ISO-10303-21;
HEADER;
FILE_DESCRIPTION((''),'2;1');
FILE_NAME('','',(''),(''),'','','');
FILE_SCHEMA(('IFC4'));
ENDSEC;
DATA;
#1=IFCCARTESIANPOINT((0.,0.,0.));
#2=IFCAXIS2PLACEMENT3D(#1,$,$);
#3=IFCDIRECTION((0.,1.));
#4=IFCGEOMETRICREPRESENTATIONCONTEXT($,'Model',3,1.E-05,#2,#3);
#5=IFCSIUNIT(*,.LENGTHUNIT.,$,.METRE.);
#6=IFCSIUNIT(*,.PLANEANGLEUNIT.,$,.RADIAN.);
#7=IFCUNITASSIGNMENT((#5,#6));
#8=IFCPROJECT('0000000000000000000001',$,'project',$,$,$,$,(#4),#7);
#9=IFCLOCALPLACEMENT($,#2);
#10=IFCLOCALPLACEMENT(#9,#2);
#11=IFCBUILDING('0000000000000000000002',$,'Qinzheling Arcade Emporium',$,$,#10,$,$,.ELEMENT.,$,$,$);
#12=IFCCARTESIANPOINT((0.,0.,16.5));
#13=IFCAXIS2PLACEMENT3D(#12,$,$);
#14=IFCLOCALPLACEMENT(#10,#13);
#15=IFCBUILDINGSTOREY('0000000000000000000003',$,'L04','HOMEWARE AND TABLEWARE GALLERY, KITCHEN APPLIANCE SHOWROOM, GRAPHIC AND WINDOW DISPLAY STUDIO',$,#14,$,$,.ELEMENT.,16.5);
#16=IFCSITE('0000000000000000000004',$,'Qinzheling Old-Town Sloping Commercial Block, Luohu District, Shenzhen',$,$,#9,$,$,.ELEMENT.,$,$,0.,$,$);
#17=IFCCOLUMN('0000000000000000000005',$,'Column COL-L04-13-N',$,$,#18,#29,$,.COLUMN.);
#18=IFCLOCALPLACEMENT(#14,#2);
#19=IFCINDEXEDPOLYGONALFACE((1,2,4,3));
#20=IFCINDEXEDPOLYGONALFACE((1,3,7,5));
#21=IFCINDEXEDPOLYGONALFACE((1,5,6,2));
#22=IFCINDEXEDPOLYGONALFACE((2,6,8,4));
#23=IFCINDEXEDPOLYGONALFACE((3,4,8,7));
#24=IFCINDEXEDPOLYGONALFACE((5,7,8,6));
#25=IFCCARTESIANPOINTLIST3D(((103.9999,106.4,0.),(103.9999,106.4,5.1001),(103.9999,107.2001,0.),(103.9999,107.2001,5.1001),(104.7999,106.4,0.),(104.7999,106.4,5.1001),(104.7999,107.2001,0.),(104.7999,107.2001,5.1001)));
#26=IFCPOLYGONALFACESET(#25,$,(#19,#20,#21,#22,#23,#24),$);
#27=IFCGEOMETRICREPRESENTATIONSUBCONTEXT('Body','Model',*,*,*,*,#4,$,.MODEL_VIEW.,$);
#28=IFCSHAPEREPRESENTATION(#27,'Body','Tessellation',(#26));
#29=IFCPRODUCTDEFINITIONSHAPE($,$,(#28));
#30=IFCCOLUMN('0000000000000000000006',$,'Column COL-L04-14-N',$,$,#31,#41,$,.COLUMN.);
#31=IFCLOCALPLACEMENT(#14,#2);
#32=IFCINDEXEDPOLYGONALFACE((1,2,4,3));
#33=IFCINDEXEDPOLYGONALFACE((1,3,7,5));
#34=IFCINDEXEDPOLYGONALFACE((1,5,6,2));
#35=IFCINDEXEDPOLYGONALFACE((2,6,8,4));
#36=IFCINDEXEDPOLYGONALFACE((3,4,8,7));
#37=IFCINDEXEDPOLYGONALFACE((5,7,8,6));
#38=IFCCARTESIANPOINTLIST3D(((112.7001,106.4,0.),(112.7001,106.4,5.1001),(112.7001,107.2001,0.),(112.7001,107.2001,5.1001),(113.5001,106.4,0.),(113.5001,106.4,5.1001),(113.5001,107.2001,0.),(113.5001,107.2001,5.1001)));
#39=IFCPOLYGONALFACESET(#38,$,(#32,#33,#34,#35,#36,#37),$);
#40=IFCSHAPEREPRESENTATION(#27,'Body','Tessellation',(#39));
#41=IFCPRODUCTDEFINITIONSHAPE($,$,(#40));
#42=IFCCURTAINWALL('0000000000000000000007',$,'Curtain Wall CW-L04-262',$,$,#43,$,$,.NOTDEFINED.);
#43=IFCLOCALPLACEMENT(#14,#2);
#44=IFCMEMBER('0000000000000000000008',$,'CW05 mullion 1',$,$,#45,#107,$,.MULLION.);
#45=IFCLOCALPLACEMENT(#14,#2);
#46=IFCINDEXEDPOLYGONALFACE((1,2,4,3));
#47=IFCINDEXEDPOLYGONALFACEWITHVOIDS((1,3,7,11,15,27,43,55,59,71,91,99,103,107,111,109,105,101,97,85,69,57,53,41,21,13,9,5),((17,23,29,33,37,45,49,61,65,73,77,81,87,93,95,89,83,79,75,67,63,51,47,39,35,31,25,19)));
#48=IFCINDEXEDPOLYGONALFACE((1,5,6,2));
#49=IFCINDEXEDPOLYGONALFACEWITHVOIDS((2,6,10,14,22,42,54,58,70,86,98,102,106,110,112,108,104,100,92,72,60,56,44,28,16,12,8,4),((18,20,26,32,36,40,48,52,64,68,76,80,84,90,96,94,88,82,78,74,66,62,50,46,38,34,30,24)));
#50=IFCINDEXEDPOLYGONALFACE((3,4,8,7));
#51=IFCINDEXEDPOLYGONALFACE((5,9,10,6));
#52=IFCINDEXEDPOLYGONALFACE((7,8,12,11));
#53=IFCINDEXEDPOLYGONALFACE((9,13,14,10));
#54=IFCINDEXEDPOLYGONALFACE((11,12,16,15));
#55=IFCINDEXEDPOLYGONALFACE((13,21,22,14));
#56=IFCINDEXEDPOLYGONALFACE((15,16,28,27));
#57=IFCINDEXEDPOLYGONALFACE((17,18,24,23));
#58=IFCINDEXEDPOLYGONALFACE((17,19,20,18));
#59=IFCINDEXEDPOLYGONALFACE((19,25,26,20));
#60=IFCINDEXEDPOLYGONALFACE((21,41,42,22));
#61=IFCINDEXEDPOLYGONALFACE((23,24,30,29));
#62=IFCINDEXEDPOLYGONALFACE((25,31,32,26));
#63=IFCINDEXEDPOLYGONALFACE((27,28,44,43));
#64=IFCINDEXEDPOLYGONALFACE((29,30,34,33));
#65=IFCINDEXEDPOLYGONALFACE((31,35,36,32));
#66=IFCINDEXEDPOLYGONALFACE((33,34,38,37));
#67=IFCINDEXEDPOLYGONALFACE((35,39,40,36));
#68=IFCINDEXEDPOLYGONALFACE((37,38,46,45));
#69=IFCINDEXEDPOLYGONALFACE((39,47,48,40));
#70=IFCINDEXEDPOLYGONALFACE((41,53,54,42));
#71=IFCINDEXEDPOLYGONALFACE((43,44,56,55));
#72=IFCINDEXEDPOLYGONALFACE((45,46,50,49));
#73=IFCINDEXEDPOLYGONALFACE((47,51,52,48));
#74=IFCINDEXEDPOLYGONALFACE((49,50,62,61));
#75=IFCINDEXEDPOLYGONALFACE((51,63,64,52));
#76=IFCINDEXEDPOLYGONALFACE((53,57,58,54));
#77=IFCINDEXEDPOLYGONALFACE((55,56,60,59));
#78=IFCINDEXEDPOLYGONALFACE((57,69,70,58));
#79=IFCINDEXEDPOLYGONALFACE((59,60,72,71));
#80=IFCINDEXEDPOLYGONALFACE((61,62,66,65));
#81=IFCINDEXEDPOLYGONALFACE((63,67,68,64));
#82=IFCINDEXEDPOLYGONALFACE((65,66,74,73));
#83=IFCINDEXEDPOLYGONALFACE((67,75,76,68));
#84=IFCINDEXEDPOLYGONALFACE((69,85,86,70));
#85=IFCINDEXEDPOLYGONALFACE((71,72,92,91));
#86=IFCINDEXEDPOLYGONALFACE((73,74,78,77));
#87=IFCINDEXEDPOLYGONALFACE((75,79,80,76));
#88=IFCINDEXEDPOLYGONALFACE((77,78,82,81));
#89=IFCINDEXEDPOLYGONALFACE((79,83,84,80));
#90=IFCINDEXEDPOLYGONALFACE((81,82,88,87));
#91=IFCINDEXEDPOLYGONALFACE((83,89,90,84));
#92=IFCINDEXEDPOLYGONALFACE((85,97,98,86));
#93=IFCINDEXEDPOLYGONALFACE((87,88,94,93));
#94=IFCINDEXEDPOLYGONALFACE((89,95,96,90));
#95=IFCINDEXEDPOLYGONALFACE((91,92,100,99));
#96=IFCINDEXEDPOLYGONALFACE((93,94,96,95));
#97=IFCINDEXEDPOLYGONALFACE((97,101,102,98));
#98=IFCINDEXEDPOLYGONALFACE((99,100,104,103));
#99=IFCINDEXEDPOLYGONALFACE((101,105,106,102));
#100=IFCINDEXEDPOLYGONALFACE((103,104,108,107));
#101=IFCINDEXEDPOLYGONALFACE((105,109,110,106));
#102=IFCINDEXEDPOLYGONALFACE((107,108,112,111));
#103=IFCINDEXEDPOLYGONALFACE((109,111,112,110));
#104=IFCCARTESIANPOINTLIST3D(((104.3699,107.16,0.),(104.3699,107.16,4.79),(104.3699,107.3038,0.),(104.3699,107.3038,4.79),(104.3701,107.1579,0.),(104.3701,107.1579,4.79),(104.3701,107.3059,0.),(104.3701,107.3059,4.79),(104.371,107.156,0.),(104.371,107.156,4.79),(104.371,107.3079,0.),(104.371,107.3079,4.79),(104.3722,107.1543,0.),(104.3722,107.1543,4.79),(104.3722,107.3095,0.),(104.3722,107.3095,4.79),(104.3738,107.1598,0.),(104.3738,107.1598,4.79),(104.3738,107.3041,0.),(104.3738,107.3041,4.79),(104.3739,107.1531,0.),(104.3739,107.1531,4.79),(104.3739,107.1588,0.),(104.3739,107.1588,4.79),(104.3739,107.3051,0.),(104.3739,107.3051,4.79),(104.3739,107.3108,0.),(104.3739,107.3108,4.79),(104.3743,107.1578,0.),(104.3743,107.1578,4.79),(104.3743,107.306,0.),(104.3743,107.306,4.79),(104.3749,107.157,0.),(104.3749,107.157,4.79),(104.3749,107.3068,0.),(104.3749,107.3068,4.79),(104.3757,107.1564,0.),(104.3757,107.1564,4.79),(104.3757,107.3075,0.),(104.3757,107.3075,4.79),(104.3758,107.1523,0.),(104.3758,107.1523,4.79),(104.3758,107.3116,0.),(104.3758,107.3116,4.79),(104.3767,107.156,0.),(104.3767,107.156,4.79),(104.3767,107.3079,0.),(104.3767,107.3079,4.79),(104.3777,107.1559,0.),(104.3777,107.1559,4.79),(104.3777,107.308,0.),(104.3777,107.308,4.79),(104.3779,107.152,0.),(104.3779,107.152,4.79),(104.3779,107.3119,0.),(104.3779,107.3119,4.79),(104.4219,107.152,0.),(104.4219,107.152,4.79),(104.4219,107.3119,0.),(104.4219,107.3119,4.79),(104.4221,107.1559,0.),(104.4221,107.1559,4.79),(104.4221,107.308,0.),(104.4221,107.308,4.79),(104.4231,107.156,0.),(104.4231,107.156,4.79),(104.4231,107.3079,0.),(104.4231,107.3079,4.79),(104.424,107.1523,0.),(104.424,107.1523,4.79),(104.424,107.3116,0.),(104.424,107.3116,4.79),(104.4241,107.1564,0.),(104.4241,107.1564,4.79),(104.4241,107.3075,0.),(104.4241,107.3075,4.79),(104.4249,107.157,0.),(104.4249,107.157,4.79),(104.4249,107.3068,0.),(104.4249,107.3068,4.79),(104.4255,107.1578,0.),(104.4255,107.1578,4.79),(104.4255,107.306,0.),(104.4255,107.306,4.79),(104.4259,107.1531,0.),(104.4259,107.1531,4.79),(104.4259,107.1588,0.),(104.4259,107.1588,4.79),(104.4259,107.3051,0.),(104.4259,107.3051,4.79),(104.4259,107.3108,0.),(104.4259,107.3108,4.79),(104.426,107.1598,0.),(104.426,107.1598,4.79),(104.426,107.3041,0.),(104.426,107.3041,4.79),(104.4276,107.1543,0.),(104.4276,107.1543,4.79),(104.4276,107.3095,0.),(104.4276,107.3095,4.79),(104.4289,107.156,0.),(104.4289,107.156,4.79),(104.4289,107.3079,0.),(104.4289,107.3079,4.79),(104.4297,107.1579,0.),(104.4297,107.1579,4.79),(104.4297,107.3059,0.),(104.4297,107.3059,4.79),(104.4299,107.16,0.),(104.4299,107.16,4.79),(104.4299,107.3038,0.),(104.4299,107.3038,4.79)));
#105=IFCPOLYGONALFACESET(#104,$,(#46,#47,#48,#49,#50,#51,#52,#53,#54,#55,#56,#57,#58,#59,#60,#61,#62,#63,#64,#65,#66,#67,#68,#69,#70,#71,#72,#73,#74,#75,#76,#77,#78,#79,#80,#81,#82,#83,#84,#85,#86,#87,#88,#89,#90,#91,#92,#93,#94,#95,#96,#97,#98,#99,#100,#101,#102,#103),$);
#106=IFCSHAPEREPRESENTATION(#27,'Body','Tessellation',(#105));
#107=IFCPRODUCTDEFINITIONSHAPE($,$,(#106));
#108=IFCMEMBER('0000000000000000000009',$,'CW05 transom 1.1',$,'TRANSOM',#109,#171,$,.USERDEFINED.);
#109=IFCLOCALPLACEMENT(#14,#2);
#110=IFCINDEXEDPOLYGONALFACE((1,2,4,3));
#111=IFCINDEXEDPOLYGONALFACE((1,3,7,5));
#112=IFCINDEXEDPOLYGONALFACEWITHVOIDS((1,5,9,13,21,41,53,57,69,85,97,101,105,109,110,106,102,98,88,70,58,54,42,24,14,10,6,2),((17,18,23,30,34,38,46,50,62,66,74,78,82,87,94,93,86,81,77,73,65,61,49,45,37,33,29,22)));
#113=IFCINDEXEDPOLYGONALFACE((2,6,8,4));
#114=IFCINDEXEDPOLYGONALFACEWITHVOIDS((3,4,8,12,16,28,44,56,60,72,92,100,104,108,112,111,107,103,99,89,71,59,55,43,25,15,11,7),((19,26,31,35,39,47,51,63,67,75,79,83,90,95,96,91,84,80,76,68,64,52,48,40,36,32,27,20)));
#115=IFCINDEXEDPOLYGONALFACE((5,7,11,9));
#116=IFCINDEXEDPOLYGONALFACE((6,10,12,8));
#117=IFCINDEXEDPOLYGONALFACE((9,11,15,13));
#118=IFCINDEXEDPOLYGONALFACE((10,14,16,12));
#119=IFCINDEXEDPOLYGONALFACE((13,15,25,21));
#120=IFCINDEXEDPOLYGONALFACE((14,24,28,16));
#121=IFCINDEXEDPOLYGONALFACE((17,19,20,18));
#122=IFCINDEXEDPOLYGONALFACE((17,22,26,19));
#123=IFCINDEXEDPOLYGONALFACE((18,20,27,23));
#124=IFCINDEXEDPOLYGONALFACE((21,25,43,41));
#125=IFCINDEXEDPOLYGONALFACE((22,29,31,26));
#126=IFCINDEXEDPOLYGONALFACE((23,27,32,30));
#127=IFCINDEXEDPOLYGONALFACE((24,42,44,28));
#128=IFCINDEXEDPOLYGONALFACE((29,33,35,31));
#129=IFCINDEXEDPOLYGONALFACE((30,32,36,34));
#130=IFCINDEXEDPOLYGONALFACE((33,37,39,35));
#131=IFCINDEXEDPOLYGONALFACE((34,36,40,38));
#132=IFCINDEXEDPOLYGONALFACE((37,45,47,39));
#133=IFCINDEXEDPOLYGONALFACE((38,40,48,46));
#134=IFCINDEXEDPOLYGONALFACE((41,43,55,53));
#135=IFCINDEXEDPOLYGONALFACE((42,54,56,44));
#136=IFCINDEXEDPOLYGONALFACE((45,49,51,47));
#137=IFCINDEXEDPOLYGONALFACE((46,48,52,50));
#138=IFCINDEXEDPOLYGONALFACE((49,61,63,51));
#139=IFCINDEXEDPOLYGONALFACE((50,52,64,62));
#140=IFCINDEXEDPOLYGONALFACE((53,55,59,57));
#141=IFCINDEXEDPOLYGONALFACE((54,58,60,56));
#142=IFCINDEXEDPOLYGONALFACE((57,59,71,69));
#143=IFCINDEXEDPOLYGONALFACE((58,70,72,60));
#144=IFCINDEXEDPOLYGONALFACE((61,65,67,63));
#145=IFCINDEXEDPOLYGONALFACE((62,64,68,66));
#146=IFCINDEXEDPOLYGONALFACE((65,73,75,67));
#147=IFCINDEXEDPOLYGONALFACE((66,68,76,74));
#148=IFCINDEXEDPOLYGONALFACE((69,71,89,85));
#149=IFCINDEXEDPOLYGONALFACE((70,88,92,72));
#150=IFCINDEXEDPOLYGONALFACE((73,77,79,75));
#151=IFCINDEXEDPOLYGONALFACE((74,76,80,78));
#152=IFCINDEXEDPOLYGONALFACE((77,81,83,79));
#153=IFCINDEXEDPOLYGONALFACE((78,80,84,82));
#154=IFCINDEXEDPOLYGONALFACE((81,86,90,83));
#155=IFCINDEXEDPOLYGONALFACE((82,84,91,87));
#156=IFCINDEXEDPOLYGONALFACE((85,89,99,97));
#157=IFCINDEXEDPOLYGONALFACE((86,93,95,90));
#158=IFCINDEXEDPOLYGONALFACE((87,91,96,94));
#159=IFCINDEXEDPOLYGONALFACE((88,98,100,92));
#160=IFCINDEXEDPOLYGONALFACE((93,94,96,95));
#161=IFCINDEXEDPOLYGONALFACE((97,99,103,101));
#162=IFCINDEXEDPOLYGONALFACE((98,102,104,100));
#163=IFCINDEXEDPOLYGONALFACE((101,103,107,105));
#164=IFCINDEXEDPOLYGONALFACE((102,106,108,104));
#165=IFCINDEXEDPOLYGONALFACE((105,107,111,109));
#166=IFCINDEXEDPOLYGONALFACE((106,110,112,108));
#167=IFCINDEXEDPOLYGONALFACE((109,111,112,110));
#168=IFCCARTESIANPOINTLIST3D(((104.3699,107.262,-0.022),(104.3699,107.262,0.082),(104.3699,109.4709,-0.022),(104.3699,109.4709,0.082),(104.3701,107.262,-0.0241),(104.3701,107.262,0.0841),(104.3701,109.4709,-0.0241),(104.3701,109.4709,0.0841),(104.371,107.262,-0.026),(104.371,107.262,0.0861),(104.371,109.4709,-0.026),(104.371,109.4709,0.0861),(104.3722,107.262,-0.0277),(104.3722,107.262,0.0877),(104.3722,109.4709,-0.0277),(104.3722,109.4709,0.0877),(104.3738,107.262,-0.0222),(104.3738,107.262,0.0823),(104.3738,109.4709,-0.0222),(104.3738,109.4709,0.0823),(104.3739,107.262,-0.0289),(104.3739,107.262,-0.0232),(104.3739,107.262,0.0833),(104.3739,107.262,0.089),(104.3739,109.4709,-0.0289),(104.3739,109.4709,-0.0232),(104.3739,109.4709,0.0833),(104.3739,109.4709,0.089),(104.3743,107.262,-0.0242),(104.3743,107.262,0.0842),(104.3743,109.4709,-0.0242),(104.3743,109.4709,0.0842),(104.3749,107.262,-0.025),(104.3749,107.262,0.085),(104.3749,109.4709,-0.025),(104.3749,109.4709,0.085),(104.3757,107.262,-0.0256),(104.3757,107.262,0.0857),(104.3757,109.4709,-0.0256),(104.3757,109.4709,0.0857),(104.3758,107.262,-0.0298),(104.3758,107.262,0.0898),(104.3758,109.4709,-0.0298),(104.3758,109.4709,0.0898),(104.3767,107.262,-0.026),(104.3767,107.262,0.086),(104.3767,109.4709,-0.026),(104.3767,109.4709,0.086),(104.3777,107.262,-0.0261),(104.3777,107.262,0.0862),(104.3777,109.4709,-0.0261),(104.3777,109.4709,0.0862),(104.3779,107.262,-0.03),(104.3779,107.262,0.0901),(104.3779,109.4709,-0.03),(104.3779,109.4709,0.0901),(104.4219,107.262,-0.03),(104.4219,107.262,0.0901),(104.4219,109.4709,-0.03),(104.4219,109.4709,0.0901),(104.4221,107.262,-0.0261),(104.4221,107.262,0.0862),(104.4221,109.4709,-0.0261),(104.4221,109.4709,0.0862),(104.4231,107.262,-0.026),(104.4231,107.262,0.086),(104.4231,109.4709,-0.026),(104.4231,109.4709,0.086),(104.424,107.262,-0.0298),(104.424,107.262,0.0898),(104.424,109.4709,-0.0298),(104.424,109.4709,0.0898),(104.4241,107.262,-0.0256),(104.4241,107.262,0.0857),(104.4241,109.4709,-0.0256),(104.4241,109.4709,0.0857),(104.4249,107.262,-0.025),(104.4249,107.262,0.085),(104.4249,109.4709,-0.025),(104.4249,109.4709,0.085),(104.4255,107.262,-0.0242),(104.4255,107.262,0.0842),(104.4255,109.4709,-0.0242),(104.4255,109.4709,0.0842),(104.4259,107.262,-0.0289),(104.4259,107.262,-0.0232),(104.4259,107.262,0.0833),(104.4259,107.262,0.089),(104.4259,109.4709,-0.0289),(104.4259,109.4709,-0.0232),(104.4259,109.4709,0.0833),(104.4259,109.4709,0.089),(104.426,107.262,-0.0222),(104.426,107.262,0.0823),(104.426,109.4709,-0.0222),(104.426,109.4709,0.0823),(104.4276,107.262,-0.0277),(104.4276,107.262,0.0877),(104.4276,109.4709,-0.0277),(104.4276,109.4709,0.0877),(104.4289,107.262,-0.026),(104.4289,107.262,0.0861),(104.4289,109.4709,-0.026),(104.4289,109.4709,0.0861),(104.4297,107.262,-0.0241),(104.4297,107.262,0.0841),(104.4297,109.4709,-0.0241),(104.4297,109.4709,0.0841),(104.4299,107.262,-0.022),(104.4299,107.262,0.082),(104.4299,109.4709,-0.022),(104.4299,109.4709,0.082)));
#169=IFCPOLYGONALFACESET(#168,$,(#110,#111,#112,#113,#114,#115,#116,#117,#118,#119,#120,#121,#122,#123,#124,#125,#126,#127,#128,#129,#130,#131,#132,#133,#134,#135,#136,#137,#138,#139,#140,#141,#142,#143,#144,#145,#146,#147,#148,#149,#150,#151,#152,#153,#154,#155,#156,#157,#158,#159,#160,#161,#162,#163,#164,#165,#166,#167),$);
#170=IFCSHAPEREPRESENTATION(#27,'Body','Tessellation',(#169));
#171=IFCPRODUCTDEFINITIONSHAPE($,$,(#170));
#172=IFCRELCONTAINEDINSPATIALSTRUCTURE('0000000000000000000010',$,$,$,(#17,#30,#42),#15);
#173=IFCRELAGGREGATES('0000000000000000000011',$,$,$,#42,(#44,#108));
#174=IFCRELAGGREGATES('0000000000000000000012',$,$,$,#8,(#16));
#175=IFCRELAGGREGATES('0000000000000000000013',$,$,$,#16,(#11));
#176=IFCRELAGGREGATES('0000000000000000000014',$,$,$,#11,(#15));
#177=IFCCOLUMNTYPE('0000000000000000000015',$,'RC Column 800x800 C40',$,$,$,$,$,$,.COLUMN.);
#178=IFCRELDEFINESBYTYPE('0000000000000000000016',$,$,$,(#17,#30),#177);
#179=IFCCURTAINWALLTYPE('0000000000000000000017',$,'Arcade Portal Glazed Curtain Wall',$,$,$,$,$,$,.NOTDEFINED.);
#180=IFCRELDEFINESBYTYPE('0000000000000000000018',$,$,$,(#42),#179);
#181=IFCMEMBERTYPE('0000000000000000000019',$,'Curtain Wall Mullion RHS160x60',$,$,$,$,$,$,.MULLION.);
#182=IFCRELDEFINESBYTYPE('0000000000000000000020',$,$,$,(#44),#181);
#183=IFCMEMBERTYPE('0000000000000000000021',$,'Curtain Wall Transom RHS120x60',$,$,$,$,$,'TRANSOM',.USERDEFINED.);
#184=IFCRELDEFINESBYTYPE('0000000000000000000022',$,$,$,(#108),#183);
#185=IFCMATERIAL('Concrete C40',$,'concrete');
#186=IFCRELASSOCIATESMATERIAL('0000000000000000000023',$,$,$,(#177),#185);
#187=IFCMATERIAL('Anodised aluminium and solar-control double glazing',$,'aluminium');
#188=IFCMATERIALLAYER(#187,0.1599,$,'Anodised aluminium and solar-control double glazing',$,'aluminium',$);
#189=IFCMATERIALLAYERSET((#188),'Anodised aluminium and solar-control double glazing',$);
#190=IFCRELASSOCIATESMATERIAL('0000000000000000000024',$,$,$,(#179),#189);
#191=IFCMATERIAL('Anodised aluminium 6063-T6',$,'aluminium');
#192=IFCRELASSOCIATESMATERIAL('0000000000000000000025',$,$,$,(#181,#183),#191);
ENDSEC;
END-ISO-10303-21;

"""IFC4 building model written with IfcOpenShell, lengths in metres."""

from ifc_helpers import new_model, si_unit, direction, frame, origin, origin_2d, place, context, subcontext, project, spatial, rectangle, hollow_rectangle, extrude, material, layer, layer_set, material_profile, profile_set, type_object, element, aggregate, save


model = new_model("IFC4")

# Units and contexts
model_context = context("Model", 3, precision=1e-05, world=origin(), true_north=direction((0.0, 1.0)))
body_context = subcontext(model_context, "Body", "Model", "MODEL_VIEW")
ifc_project = project(units=[si_unit("LENGTHUNIT", "METRE"), si_unit("PLANEANGLEUNIT", "RADIAN")], contexts=[model_context])

# Site, building, storey
site_placement = place(None, origin())
site = spatial("IfcSite", under=ifc_project, at=site_placement, Name="Qinzheling Old-Town Sloping Commercial Block, Luohu District, Shenzhen", CompositionType="ELEMENT", RefElevation=0.0)
building_placement = place(site_placement, origin())
building = spatial("IfcBuilding", under=site, at=building_placement, Name="Qinzheling Arcade Emporium", CompositionType="ELEMENT")
storey_placement = place(building_placement, frame((0.0, 0.0, 16.5)))
storey = spatial("IfcBuildingStorey", under=building, at=storey_placement, Name="L04", Description="HOMEWARE AND TABLEWARE GALLERY, KITCHEN APPLIANCE SHOWROOM, GRAPHIC AND WINDOW DISPLAY STUDIO", CompositionType="ELEMENT", Elevation=16.5)

# Columns
ifc_material_1 = material(Name="Concrete C40", Category="concrete")
ifc_material_profile_1 = material_profile(ifc_material_1, rectangle(XDim=0.8, YDim=0.8, at=origin_2d()), Name="RC 800x800", Category="concrete")
ifc_profile_set_1 = profile_set([ifc_material_profile_1], Name="Concrete C40")
column_type = type_object("IfcColumnType", Name="RC Column 800x800 C40", PredefinedType="COLUMN", material=ifc_profile_set_1)
for number, where, z_axis, x_axis, name in (
    (1, (104.3999, 106.8, 0.0), (0.0, 0.0, 1.0), (1.0, 0.0, 0.0), "Column COL-L04-13-N"),
    (2, (113.1001, 106.8, 0.0), (0.0, 0.0, 1.0), (1.0, 0.0, 0.0), "Column COL-L04-14-N"),
):
    element("IfcColumn", number, at=place(storey_placement, frame(where, z_axis=z_axis, x_axis=x_axis)), inside=storey, type_object=column_type, Name=name, PredefinedType="COLUMN", context=body_context, shape_type="SweptSolid", body=[
        extrude(rectangle(XDim=0.8, YDim=0.8, at=origin_2d()), origin(), (0.0, 0.0, 1.0), 5.1001),
    ])

# Curtain wall, members
ifc_material_2 = material(Name="Anodised aluminium and solar-control double glazing", Category="aluminium")
ifc_layer_1 = layer(ifc_material_2, 0.1599, Name="Anodised aluminium and solar-control double glazing", Category="aluminium")
ifc_layer_set_1 = layer_set([ifc_layer_1], Name="Anodised aluminium and solar-control double glazing")
curtain_wall_type = type_object("IfcCurtainWallType", Name="Arcade Portal Glazed Curtain Wall", PredefinedType="NOTDEFINED", material=ifc_layer_set_1)
curtain_wall_placement = place(storey_placement, origin())
curtain_wall = element("IfcCurtainWall", 3, at=curtain_wall_placement, inside=storey, type_object=curtain_wall_type, Name="Curtain Wall CW-L04-262", PredefinedType="NOTDEFINED")
ifc_material_3 = material(Name="Anodised aluminium 6063-T6", Category="aluminium")
ifc_material_profile_2 = material_profile(ifc_material_3, hollow_rectangle(XDim=0.0601, YDim=0.1599, WallThickness=0.0039, InnerFilletRadius=0.0039, OuterFilletRadius=0.0081, at=origin_2d()), Name="RHS 160x60x4", Category="aluminium")
ifc_profile_set_2 = profile_set([ifc_material_profile_2], Name="Anodised aluminium 6063-T6")
member_type_1 = type_object("IfcMemberType", Name="Curtain Wall Mullion RHS160x60", PredefinedType="MULLION", material=ifc_profile_set_2)
member_1_placement = place(storey_placement, frame((104.3999, 107.2319, 0.0), z_axis=(0.0, 0.0, 1.0), x_axis=(-1.0, 0.0, 0.0)))
member_1 = element("IfcMember", 4, at=member_1_placement, type_object=member_type_1, Name="CW05 mullion 1", PredefinedType="MULLION", context=body_context, shape_type="SweptSolid", body=[
    extrude(hollow_rectangle(XDim=0.0601, YDim=0.1599, WallThickness=0.0039, InnerFilletRadius=0.0039, OuterFilletRadius=0.0081, at=origin_2d()), origin(), (0.0, 0.0, 1.0), 4.79),
])
ifc_material_profile_3 = material_profile(ifc_material_3, hollow_rectangle(XDim=0.0601, YDim=0.1201, WallThickness=0.0039, InnerFilletRadius=0.0039, OuterFilletRadius=0.0081, at=origin_2d()), Name="RHS 120x60x4", Category="aluminium")
ifc_profile_set_3 = profile_set([ifc_material_profile_3], Name="Anodised aluminium 6063-T6")
member_type_2 = type_object("IfcMemberType", Name="Curtain Wall Transom RHS120x60", ElementType="TRANSOM", PredefinedType="USERDEFINED", material=ifc_profile_set_3)
member_2_placement = place(storey_placement, frame((104.3999, 107.262, 0.03), z_axis=(0.0, 1.0, 0.0), x_axis=(-1.0, 0.0, 0.0)))
member_2 = element("IfcMember", 5, at=member_2_placement, type_object=member_type_2, Name="CW05 transom 1.1", ObjectType="TRANSOM", PredefinedType="USERDEFINED", context=body_context, shape_type="SweptSolid", body=[
    extrude(hollow_rectangle(XDim=0.0601, YDim=0.1201, WallThickness=0.0039, InnerFilletRadius=0.0039, OuterFilletRadius=0.0081, at=origin_2d()), origin(), (0.0, 0.0, 1.0), 2.209),
])

aggregate(curtain_wall, [member_1, member_2])

save(model, "model.ifc")
